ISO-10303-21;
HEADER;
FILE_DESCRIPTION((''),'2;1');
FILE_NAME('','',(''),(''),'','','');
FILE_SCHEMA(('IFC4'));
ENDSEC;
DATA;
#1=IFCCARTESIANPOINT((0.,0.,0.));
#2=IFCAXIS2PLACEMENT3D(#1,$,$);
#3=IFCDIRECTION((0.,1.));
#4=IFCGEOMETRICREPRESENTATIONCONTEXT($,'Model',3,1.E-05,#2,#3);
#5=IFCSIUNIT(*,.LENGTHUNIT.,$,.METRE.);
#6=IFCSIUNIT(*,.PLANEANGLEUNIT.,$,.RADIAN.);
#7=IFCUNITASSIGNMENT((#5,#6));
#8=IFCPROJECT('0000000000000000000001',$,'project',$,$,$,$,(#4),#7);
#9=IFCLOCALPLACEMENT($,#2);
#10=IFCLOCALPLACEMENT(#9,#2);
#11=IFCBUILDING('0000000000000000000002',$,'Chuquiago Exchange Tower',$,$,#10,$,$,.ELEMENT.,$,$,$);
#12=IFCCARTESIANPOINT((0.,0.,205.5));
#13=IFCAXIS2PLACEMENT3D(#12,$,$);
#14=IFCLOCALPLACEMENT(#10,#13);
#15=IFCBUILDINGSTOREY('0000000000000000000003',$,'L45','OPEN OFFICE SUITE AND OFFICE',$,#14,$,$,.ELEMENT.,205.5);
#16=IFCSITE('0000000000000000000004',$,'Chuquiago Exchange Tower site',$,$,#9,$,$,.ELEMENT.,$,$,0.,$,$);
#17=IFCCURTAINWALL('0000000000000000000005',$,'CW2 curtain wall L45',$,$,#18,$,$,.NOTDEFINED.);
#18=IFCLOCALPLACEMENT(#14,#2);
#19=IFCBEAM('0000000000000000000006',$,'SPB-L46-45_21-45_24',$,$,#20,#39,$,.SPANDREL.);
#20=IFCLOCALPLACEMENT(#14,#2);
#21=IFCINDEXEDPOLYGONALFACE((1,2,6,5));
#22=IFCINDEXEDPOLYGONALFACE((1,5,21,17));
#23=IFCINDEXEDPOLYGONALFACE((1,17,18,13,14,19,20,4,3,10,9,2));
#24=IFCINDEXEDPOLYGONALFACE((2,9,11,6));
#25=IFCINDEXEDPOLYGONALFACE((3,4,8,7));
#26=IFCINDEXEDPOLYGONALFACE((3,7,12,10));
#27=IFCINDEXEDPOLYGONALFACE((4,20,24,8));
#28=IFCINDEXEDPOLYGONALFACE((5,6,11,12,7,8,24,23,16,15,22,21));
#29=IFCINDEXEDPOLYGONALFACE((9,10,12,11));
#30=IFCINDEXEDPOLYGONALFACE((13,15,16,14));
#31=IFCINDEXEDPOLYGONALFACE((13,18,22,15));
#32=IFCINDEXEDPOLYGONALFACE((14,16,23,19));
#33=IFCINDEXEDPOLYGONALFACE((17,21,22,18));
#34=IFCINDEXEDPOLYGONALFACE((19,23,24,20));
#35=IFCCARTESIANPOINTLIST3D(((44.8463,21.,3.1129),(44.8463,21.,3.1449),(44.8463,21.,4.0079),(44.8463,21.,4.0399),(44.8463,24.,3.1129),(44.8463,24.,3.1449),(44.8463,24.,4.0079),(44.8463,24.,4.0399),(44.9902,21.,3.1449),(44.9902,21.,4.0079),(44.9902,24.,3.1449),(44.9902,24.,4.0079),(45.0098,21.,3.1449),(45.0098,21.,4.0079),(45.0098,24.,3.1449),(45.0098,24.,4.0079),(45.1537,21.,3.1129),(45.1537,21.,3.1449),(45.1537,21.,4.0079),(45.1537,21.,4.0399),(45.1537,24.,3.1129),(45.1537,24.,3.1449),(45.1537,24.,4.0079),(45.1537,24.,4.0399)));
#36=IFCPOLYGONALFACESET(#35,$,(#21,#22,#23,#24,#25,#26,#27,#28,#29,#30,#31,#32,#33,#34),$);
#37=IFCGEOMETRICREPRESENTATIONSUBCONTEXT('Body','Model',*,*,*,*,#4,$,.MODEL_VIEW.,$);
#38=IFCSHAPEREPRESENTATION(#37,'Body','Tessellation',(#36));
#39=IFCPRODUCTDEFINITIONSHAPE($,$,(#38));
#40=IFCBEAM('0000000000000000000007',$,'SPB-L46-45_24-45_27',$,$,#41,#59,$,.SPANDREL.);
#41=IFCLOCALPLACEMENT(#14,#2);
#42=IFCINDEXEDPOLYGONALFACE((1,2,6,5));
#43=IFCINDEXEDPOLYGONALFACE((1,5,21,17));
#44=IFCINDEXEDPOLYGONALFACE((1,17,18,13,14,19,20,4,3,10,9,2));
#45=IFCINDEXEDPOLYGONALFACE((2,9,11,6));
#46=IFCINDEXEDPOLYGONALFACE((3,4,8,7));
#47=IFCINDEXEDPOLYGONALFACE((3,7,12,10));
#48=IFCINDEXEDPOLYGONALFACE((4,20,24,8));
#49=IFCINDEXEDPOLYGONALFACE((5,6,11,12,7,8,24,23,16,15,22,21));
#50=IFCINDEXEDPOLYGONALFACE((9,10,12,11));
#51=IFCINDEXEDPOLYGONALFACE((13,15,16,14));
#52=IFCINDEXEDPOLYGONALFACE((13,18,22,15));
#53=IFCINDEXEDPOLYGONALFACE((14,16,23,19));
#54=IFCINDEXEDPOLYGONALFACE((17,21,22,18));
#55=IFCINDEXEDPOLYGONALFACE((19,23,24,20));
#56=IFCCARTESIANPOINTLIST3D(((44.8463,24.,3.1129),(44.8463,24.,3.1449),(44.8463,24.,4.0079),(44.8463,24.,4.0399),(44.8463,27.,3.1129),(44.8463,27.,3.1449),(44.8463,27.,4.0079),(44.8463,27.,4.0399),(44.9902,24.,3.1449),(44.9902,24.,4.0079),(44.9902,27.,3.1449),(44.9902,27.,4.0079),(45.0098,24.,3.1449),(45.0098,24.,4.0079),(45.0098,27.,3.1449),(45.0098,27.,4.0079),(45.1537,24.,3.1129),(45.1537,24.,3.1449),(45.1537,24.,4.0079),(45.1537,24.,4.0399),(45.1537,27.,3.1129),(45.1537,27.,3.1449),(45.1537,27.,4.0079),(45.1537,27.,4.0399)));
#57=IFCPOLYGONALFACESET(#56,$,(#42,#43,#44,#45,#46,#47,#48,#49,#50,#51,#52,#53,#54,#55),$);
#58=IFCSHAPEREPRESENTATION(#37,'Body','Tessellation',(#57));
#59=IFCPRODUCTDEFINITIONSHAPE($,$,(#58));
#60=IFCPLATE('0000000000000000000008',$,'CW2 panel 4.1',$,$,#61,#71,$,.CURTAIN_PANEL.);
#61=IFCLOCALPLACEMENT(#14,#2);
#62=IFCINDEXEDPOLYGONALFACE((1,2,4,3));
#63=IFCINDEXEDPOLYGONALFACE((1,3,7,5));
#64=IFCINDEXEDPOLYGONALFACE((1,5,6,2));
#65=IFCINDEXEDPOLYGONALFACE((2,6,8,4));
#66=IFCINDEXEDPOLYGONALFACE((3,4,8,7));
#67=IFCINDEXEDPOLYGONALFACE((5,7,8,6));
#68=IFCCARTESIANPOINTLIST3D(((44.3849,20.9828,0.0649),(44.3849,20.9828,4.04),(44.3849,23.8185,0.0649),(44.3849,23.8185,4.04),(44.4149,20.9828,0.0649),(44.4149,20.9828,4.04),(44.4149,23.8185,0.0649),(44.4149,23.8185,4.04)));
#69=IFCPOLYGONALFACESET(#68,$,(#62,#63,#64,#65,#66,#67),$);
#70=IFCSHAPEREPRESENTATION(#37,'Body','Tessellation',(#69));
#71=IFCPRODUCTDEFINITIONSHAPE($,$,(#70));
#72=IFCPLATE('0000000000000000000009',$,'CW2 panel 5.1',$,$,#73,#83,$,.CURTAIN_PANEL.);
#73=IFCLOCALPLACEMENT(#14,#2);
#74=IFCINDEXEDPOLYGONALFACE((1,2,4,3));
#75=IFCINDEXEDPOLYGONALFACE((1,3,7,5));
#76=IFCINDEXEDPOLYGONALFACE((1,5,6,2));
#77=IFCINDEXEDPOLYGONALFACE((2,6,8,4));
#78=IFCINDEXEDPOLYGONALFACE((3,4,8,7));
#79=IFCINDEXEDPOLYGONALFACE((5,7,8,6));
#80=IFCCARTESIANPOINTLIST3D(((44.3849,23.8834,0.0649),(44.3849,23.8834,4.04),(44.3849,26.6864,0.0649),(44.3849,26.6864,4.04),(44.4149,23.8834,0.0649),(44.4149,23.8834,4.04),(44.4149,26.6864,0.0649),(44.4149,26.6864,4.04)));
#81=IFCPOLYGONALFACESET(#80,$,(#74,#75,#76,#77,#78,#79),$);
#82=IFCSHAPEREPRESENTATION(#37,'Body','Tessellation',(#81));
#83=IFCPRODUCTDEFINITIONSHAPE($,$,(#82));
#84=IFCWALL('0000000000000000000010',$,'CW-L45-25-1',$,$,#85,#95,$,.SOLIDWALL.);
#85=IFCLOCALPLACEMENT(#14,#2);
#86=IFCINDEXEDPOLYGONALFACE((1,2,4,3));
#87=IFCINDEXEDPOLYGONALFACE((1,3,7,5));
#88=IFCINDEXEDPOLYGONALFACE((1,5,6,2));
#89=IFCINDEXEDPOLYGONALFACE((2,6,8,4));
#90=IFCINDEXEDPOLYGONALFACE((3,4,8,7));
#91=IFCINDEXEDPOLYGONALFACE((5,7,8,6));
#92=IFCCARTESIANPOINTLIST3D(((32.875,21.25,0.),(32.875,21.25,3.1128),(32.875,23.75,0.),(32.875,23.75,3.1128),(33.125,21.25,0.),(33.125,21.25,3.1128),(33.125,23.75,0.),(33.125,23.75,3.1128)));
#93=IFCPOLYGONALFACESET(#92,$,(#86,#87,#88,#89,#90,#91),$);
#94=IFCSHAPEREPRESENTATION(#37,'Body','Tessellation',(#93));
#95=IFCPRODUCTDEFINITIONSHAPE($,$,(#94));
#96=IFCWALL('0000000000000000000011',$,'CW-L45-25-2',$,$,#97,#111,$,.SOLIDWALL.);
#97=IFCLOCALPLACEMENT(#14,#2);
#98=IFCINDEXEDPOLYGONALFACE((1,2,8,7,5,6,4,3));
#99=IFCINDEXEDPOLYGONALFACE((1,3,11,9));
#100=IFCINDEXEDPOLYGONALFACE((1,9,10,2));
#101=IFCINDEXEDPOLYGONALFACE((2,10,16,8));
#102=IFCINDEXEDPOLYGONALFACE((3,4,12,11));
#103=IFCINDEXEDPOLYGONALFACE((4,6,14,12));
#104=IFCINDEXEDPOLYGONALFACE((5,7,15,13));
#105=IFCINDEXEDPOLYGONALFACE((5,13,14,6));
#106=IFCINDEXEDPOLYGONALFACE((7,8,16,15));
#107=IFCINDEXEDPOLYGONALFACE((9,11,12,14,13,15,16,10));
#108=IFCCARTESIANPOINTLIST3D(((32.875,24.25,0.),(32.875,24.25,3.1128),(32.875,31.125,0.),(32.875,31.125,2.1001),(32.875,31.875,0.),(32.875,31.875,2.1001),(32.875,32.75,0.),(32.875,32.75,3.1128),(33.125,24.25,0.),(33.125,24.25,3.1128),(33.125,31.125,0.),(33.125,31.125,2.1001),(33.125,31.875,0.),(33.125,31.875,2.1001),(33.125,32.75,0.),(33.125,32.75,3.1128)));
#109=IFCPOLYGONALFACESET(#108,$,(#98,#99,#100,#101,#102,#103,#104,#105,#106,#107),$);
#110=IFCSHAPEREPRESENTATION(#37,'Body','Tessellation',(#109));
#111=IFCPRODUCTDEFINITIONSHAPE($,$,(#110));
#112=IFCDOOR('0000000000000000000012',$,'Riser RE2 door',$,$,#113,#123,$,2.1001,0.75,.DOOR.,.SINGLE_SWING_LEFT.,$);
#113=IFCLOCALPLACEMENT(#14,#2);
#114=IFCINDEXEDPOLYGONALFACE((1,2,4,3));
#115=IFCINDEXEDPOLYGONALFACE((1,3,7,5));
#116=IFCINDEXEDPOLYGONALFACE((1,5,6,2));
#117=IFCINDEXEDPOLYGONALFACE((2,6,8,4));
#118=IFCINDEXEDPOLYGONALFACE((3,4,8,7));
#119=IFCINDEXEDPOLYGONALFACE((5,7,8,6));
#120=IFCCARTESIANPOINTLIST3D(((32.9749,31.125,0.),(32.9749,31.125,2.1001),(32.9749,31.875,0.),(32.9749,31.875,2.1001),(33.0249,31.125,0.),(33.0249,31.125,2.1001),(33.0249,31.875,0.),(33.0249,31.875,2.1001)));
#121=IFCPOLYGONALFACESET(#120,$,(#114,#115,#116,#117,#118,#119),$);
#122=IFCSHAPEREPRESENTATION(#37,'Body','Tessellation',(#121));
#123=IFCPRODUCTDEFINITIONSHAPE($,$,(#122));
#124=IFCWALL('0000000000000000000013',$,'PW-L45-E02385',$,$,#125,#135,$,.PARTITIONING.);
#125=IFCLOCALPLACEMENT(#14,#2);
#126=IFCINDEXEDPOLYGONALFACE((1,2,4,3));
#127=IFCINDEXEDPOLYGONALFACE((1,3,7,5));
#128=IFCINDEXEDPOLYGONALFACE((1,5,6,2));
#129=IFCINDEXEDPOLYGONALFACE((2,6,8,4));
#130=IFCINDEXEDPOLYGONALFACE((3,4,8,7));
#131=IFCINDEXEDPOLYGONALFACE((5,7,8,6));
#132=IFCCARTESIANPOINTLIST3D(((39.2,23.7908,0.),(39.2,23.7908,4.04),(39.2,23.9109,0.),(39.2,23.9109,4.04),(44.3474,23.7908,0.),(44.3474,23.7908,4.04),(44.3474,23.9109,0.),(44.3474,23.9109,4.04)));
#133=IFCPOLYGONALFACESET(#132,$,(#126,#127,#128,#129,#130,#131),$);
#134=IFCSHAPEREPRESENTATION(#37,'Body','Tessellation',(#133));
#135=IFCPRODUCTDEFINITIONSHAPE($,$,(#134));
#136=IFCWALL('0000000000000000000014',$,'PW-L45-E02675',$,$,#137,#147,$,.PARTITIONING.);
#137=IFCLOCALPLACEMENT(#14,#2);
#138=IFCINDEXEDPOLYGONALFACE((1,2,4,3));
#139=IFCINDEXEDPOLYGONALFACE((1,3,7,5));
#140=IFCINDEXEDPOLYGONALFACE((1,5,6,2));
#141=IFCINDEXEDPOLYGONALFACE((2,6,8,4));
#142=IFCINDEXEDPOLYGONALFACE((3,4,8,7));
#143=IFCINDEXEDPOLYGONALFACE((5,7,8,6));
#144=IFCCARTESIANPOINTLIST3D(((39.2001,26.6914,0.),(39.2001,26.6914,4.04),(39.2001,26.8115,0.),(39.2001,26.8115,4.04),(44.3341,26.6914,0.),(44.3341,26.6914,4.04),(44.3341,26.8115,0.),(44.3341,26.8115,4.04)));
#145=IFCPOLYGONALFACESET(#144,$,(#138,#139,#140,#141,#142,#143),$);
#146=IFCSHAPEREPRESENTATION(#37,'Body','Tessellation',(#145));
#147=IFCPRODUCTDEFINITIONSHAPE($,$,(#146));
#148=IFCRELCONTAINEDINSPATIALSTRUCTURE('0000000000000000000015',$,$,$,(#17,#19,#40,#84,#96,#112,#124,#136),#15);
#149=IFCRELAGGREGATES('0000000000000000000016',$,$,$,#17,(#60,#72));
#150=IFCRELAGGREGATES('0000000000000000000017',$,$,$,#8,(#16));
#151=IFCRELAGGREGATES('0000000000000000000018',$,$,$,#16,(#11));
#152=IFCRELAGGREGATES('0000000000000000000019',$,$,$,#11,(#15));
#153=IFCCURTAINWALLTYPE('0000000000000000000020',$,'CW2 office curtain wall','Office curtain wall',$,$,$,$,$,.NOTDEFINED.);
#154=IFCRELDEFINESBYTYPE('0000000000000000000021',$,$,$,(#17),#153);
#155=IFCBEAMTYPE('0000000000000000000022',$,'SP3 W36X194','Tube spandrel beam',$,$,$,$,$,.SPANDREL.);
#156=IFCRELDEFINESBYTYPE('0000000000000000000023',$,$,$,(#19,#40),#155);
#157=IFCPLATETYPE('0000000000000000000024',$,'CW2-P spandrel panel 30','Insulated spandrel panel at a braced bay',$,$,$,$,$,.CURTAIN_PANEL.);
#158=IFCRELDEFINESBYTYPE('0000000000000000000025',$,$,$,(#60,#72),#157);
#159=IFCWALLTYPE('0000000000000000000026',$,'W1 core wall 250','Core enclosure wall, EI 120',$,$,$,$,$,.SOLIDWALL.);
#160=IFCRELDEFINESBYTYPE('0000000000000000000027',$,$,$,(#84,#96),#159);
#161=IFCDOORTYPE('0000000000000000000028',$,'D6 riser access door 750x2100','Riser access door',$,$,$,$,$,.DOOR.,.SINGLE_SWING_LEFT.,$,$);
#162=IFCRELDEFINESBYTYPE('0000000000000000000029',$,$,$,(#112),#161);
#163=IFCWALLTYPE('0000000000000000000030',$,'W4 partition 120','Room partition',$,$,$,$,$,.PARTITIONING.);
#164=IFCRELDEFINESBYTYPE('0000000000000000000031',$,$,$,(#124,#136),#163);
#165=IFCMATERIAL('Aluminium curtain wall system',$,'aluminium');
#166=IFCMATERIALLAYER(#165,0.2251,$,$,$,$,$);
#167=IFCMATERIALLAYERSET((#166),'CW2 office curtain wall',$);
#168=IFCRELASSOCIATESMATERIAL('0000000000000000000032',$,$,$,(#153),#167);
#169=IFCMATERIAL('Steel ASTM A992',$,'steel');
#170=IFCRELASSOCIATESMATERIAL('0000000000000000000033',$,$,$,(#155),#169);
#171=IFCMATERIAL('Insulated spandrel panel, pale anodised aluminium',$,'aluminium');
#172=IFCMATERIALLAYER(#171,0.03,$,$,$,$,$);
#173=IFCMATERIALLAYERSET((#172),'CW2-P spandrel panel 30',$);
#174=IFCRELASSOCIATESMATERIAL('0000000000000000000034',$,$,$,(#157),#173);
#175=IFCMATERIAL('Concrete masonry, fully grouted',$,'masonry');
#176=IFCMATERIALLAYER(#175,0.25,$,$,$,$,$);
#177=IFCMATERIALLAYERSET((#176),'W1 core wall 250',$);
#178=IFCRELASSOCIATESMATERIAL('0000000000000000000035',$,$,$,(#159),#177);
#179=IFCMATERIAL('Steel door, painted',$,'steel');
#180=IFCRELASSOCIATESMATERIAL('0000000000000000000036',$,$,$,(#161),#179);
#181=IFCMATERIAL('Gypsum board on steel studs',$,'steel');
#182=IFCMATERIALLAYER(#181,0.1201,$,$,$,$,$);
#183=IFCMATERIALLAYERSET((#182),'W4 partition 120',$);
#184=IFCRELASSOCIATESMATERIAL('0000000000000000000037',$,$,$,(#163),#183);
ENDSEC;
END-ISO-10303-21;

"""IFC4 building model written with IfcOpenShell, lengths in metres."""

from ifc_helpers import new_model, si_unit, direction, frame, frame_2d, origin, origin_2d, place, context, subcontext, project, spatial, rectangle, i_section, extrude, material, layer, layer_set, material_profile, profile_set, type_object, element, fill, aggregate, save


model = new_model("IFC4")

# Units and contexts
model_context = context("Model", 3, precision=1e-05, world=origin(), true_north=direction((0.0, 1.0)))
body_context = subcontext(model_context, "Body", "Model", "MODEL_VIEW")
ifc_project = project(units=[si_unit("LENGTHUNIT", "METRE"), si_unit("PLANEANGLEUNIT", "RADIAN")], contexts=[model_context])

# Site, building, storey
site_placement = place(None, origin())
site = spatial("IfcSite", under=ifc_project, at=site_placement, Name="Chuquiago Exchange Tower site", CompositionType="ELEMENT", RefElevation=0.0)
building_placement = place(site_placement, origin())
building = spatial("IfcBuilding", under=site, at=building_placement, Name="Chuquiago Exchange Tower", CompositionType="ELEMENT")
storey_placement = place(building_placement, frame((0.0, 0.0, 205.5)))
storey = spatial("IfcBuildingStorey", under=building, at=storey_placement, Name="L45", Description="OPEN OFFICE SUITE AND OFFICE", CompositionType="ELEMENT", Elevation=205.5)

# Curtain wall
ifc_material_1 = material(Name="Aluminium curtain wall system", Category="aluminium")
ifc_layer_1 = layer(ifc_material_1, 0.2251)
ifc_layer_set_1 = layer_set([ifc_layer_1], Name="CW2 office curtain wall")
curtain_wall_type_1 = type_object("IfcCurtainWallType", Name="CW2 office curtain wall", Description="Office curtain wall", PredefinedType="NOTDEFINED", material=ifc_layer_set_1)
curtain_wall_1_placement = place(storey_placement, origin())
curtain_wall_1 = element("IfcCurtainWall", 1, at=curtain_wall_1_placement, inside=storey, type_object=curtain_wall_type_1, Name="CW2 curtain wall L45", PredefinedType="NOTDEFINED")

# Beams
ifc_material_2 = material(Name="Steel ASTM A992", Category="steel")
ifc_material_profile_1 = material_profile(ifc_material_2, i_section(OverallWidth=0.3074, OverallDepth=0.927, WebThickness=0.0195, FlangeThickness=0.032, at=origin_2d()), Name="W36X194")
ifc_profile_set_1 = profile_set([ifc_material_profile_1], Name="Steel ASTM A992")
beam_type_1 = type_object("IfcBeamType", Name="SP3 W36X194", Description="Tube spandrel beam", PredefinedType="SPANDREL", material=ifc_profile_set_1)
for number, where, z_axis, x_axis, name in (
    (2, (45.0, 21.0, 3.5764), (0.0, 1.0, 0.0), (-1.0, 0.0, 0.0), "SPB-L46-45_21-45_24"),
    (3, (45.0, 24.0, 3.5764), (0.0, 1.0, 0.0), (-1.0, 0.0, 0.0), "SPB-L46-45_24-45_27"),
):
    element("IfcBeam", number, at=place(storey_placement, frame(where, z_axis=z_axis, x_axis=x_axis)), inside=storey, type_object=beam_type_1, Name=name, PredefinedType="SPANDREL", context=body_context, shape_type="SweptSolid", body=[
        extrude(i_section(OverallWidth=0.3074, OverallDepth=0.927, WebThickness=0.0195, FlangeThickness=0.032, at=origin_2d()), origin(), (0.0, 0.0, 1.0), 3.0),
    ])

# Plates
ifc_material_3 = material(Name="Insulated spandrel panel, pale anodised aluminium", Category="aluminium")
ifc_layer_2 = layer(ifc_material_3, 0.03)
ifc_layer_set_2 = layer_set([ifc_layer_2], Name="CW2-P spandrel panel 30")
plate_type = type_object("IfcPlateType", Name="CW2-P spandrel panel 30", Description="Insulated spandrel panel at a braced bay", PredefinedType="CURTAIN_PANEL", material=ifc_layer_set_2)
plate_1_placement = place(storey_placement, frame((44.3999, 22.4006, 0.0649), z_axis=(0.0, 0.0, 1.0), x_axis=(0.0, 1.0, 0.0)))
plate_1 = element("IfcPlate", 4, at=plate_1_placement, type_object=plate_type, Name="CW2 panel 4.1", PredefinedType="CURTAIN_PANEL", context=body_context, shape_type="SweptSolid", body=[
    extrude(rectangle(XDim=2.8357, YDim=0.03, at=origin_2d()), origin(), (0.0, 0.0, 1.0), 3.9751),
])
plate_2_placement = place(storey_placement, frame((44.3999, 25.2849, 0.0649), z_axis=(0.0, 0.0, 1.0), x_axis=(0.0, 1.0, 0.0)))
plate_2 = element("IfcPlate", 5, at=plate_2_placement, type_object=plate_type, Name="CW2 panel 5.1", PredefinedType="CURTAIN_PANEL", context=body_context, shape_type="SweptSolid", body=[
    extrude(rectangle(XDim=2.803, YDim=0.03, at=origin_2d()), origin(), (0.0, 0.0, 1.0), 3.9751),
])
aggregate(curtain_wall_1, [plate_1, plate_2])

# Wall
ifc_material_4 = material(Name="Concrete masonry, fully grouted", Category="masonry")
ifc_layer_3 = layer(ifc_material_4, 0.25)
ifc_layer_set_3 = layer_set([ifc_layer_3], Name="W1 core wall 250")
wall_type_1 = type_object("IfcWallType", Name="W1 core wall 250", Description="Core enclosure wall, EI 120", PredefinedType="SOLIDWALL", material=ifc_layer_set_3)
wall_1_placement = place(storey_placement, frame((33.0, 21.25, 0.0), z_axis=(0.0, 0.0, 1.0), x_axis=(0.0, 1.0, 0.0)))
element("IfcWall", 6, at=wall_1_placement, inside=storey, type_object=wall_type_1, Name="CW-L45-25-1", PredefinedType="SOLIDWALL", context=body_context, shape_type="SweptSolid", body=[
    extrude(rectangle(XDim=2.5, YDim=0.25, at=frame_2d((1.25, 0.0))), origin(), (0.0, 0.0, 1.0), 3.1128),
])

# Wall, opening, door
wall_2_placement = place(storey_placement, frame((33.0, 24.25, 0.0), z_axis=(0.0, 0.0, 1.0), x_axis=(0.0, 1.0, 0.0)))
wall_2 = element("IfcWall", 7, at=wall_2_placement, inside=storey, type_object=wall_type_1, Name="CW-L45-25-2", PredefinedType="SOLIDWALL", context=body_context, shape_type="SweptSolid", body=[
    extrude(rectangle(XDim=8.5, YDim=0.25, at=frame_2d((4.25, 0.0))), origin(), (0.0, 0.0, 1.0), 3.1128),
])
opening_1_placement = place(wall_2_placement, frame((6.875, 0.0, 0.0)))
opening_1 = element("IfcOpeningElement", 8, at=opening_1_placement, cuts=wall_2, PredefinedType="OPENING", context=body_context, shape_type="SweptSolid", body=[
    extrude(rectangle(XDim=0.75, YDim=2.1001, at=frame_2d((0.375, 1.05))), frame((0.0, 0.135, 0.0), z_axis=(0.0, -1.0, 0.0), x_axis=(1.0, 0.0, 0.0)), (0.0, 0.0, 1.0), 0.27),
])
ifc_material_5 = material(Name="Steel door, painted", Category="steel")
door_type_1 = type_object("IfcDoorType", Name="D6 riser access door 750x2100", Description="Riser access door", OperationType="SINGLE_SWING_LEFT", PredefinedType="DOOR", material=ifc_material_5)
door_1_placement = place(opening_1_placement, frame((0.75, 0.0, 0.0), z_axis=(0.0, 0.0, 1.0), x_axis=(-1.0, 0.0, 0.0)))
door_1 = element("IfcDoor", 9, at=door_1_placement, inside=storey, type_object=door_type_1, Name="Riser RE2 door", OperationType="SINGLE_SWING_LEFT", OverallHeight=2.1001, OverallWidth=0.75, PredefinedType="DOOR", context=body_context, shape_type="SweptSolid", body=[
    extrude(rectangle(XDim=0.75, YDim=2.1001, at=frame_2d((0.375, 1.05))), frame((0.0, 0.0249, 0.0), z_axis=(0.0, -1.0, 0.0), x_axis=(1.0, 0.0, 0.0)), (0.0, 0.0, 1.0), 0.05),
])
fill(opening_1, door_1)

# Walls
ifc_material_6 = material(Name="Gypsum board on steel studs", Category="steel")
ifc_layer_4 = layer(ifc_material_6, 0.1201)
ifc_layer_set_4 = layer_set([ifc_layer_4], Name="W4 partition 120")
wall_type_2 = type_object("IfcWallType", Name="W4 partition 120", Description="Room partition", PredefinedType="PARTITIONING", material=ifc_layer_set_4)
wall_3_placement = place(storey_placement, frame((44.3474, 23.8508, 0.0), z_axis=(0.0, 0.0, 1.0), x_axis=(-1.0, 0.0, 0.0)))
element("IfcWall", 10, at=wall_3_placement, inside=storey, type_object=wall_type_2, Name="PW-L45-E02385", PredefinedType="PARTITIONING", context=body_context, shape_type="SweptSolid", body=[
    extrude(rectangle(XDim=5.1475, YDim=0.1201, at=frame_2d((2.5737, 0.0))), origin(), (0.0, 0.0, 1.0), 4.04),
])
wall_4_placement = place(storey_placement, frame((44.334, 26.7515, 0.0), z_axis=(0.0, 0.0, 1.0), x_axis=(-1.0, 0.0, 0.0)))
element("IfcWall", 11, at=wall_4_placement, inside=storey, type_object=wall_type_2, Name="PW-L45-E02675", PredefinedType="PARTITIONING", context=body_context, shape_type="SweptSolid", body=[
    extrude(rectangle(XDim=5.134, YDim=0.1201, at=frame_2d((2.5669, 0.0))), origin(), (0.0, 0.0, 1.0), 4.04),
])

save(model, "model.ifc")
